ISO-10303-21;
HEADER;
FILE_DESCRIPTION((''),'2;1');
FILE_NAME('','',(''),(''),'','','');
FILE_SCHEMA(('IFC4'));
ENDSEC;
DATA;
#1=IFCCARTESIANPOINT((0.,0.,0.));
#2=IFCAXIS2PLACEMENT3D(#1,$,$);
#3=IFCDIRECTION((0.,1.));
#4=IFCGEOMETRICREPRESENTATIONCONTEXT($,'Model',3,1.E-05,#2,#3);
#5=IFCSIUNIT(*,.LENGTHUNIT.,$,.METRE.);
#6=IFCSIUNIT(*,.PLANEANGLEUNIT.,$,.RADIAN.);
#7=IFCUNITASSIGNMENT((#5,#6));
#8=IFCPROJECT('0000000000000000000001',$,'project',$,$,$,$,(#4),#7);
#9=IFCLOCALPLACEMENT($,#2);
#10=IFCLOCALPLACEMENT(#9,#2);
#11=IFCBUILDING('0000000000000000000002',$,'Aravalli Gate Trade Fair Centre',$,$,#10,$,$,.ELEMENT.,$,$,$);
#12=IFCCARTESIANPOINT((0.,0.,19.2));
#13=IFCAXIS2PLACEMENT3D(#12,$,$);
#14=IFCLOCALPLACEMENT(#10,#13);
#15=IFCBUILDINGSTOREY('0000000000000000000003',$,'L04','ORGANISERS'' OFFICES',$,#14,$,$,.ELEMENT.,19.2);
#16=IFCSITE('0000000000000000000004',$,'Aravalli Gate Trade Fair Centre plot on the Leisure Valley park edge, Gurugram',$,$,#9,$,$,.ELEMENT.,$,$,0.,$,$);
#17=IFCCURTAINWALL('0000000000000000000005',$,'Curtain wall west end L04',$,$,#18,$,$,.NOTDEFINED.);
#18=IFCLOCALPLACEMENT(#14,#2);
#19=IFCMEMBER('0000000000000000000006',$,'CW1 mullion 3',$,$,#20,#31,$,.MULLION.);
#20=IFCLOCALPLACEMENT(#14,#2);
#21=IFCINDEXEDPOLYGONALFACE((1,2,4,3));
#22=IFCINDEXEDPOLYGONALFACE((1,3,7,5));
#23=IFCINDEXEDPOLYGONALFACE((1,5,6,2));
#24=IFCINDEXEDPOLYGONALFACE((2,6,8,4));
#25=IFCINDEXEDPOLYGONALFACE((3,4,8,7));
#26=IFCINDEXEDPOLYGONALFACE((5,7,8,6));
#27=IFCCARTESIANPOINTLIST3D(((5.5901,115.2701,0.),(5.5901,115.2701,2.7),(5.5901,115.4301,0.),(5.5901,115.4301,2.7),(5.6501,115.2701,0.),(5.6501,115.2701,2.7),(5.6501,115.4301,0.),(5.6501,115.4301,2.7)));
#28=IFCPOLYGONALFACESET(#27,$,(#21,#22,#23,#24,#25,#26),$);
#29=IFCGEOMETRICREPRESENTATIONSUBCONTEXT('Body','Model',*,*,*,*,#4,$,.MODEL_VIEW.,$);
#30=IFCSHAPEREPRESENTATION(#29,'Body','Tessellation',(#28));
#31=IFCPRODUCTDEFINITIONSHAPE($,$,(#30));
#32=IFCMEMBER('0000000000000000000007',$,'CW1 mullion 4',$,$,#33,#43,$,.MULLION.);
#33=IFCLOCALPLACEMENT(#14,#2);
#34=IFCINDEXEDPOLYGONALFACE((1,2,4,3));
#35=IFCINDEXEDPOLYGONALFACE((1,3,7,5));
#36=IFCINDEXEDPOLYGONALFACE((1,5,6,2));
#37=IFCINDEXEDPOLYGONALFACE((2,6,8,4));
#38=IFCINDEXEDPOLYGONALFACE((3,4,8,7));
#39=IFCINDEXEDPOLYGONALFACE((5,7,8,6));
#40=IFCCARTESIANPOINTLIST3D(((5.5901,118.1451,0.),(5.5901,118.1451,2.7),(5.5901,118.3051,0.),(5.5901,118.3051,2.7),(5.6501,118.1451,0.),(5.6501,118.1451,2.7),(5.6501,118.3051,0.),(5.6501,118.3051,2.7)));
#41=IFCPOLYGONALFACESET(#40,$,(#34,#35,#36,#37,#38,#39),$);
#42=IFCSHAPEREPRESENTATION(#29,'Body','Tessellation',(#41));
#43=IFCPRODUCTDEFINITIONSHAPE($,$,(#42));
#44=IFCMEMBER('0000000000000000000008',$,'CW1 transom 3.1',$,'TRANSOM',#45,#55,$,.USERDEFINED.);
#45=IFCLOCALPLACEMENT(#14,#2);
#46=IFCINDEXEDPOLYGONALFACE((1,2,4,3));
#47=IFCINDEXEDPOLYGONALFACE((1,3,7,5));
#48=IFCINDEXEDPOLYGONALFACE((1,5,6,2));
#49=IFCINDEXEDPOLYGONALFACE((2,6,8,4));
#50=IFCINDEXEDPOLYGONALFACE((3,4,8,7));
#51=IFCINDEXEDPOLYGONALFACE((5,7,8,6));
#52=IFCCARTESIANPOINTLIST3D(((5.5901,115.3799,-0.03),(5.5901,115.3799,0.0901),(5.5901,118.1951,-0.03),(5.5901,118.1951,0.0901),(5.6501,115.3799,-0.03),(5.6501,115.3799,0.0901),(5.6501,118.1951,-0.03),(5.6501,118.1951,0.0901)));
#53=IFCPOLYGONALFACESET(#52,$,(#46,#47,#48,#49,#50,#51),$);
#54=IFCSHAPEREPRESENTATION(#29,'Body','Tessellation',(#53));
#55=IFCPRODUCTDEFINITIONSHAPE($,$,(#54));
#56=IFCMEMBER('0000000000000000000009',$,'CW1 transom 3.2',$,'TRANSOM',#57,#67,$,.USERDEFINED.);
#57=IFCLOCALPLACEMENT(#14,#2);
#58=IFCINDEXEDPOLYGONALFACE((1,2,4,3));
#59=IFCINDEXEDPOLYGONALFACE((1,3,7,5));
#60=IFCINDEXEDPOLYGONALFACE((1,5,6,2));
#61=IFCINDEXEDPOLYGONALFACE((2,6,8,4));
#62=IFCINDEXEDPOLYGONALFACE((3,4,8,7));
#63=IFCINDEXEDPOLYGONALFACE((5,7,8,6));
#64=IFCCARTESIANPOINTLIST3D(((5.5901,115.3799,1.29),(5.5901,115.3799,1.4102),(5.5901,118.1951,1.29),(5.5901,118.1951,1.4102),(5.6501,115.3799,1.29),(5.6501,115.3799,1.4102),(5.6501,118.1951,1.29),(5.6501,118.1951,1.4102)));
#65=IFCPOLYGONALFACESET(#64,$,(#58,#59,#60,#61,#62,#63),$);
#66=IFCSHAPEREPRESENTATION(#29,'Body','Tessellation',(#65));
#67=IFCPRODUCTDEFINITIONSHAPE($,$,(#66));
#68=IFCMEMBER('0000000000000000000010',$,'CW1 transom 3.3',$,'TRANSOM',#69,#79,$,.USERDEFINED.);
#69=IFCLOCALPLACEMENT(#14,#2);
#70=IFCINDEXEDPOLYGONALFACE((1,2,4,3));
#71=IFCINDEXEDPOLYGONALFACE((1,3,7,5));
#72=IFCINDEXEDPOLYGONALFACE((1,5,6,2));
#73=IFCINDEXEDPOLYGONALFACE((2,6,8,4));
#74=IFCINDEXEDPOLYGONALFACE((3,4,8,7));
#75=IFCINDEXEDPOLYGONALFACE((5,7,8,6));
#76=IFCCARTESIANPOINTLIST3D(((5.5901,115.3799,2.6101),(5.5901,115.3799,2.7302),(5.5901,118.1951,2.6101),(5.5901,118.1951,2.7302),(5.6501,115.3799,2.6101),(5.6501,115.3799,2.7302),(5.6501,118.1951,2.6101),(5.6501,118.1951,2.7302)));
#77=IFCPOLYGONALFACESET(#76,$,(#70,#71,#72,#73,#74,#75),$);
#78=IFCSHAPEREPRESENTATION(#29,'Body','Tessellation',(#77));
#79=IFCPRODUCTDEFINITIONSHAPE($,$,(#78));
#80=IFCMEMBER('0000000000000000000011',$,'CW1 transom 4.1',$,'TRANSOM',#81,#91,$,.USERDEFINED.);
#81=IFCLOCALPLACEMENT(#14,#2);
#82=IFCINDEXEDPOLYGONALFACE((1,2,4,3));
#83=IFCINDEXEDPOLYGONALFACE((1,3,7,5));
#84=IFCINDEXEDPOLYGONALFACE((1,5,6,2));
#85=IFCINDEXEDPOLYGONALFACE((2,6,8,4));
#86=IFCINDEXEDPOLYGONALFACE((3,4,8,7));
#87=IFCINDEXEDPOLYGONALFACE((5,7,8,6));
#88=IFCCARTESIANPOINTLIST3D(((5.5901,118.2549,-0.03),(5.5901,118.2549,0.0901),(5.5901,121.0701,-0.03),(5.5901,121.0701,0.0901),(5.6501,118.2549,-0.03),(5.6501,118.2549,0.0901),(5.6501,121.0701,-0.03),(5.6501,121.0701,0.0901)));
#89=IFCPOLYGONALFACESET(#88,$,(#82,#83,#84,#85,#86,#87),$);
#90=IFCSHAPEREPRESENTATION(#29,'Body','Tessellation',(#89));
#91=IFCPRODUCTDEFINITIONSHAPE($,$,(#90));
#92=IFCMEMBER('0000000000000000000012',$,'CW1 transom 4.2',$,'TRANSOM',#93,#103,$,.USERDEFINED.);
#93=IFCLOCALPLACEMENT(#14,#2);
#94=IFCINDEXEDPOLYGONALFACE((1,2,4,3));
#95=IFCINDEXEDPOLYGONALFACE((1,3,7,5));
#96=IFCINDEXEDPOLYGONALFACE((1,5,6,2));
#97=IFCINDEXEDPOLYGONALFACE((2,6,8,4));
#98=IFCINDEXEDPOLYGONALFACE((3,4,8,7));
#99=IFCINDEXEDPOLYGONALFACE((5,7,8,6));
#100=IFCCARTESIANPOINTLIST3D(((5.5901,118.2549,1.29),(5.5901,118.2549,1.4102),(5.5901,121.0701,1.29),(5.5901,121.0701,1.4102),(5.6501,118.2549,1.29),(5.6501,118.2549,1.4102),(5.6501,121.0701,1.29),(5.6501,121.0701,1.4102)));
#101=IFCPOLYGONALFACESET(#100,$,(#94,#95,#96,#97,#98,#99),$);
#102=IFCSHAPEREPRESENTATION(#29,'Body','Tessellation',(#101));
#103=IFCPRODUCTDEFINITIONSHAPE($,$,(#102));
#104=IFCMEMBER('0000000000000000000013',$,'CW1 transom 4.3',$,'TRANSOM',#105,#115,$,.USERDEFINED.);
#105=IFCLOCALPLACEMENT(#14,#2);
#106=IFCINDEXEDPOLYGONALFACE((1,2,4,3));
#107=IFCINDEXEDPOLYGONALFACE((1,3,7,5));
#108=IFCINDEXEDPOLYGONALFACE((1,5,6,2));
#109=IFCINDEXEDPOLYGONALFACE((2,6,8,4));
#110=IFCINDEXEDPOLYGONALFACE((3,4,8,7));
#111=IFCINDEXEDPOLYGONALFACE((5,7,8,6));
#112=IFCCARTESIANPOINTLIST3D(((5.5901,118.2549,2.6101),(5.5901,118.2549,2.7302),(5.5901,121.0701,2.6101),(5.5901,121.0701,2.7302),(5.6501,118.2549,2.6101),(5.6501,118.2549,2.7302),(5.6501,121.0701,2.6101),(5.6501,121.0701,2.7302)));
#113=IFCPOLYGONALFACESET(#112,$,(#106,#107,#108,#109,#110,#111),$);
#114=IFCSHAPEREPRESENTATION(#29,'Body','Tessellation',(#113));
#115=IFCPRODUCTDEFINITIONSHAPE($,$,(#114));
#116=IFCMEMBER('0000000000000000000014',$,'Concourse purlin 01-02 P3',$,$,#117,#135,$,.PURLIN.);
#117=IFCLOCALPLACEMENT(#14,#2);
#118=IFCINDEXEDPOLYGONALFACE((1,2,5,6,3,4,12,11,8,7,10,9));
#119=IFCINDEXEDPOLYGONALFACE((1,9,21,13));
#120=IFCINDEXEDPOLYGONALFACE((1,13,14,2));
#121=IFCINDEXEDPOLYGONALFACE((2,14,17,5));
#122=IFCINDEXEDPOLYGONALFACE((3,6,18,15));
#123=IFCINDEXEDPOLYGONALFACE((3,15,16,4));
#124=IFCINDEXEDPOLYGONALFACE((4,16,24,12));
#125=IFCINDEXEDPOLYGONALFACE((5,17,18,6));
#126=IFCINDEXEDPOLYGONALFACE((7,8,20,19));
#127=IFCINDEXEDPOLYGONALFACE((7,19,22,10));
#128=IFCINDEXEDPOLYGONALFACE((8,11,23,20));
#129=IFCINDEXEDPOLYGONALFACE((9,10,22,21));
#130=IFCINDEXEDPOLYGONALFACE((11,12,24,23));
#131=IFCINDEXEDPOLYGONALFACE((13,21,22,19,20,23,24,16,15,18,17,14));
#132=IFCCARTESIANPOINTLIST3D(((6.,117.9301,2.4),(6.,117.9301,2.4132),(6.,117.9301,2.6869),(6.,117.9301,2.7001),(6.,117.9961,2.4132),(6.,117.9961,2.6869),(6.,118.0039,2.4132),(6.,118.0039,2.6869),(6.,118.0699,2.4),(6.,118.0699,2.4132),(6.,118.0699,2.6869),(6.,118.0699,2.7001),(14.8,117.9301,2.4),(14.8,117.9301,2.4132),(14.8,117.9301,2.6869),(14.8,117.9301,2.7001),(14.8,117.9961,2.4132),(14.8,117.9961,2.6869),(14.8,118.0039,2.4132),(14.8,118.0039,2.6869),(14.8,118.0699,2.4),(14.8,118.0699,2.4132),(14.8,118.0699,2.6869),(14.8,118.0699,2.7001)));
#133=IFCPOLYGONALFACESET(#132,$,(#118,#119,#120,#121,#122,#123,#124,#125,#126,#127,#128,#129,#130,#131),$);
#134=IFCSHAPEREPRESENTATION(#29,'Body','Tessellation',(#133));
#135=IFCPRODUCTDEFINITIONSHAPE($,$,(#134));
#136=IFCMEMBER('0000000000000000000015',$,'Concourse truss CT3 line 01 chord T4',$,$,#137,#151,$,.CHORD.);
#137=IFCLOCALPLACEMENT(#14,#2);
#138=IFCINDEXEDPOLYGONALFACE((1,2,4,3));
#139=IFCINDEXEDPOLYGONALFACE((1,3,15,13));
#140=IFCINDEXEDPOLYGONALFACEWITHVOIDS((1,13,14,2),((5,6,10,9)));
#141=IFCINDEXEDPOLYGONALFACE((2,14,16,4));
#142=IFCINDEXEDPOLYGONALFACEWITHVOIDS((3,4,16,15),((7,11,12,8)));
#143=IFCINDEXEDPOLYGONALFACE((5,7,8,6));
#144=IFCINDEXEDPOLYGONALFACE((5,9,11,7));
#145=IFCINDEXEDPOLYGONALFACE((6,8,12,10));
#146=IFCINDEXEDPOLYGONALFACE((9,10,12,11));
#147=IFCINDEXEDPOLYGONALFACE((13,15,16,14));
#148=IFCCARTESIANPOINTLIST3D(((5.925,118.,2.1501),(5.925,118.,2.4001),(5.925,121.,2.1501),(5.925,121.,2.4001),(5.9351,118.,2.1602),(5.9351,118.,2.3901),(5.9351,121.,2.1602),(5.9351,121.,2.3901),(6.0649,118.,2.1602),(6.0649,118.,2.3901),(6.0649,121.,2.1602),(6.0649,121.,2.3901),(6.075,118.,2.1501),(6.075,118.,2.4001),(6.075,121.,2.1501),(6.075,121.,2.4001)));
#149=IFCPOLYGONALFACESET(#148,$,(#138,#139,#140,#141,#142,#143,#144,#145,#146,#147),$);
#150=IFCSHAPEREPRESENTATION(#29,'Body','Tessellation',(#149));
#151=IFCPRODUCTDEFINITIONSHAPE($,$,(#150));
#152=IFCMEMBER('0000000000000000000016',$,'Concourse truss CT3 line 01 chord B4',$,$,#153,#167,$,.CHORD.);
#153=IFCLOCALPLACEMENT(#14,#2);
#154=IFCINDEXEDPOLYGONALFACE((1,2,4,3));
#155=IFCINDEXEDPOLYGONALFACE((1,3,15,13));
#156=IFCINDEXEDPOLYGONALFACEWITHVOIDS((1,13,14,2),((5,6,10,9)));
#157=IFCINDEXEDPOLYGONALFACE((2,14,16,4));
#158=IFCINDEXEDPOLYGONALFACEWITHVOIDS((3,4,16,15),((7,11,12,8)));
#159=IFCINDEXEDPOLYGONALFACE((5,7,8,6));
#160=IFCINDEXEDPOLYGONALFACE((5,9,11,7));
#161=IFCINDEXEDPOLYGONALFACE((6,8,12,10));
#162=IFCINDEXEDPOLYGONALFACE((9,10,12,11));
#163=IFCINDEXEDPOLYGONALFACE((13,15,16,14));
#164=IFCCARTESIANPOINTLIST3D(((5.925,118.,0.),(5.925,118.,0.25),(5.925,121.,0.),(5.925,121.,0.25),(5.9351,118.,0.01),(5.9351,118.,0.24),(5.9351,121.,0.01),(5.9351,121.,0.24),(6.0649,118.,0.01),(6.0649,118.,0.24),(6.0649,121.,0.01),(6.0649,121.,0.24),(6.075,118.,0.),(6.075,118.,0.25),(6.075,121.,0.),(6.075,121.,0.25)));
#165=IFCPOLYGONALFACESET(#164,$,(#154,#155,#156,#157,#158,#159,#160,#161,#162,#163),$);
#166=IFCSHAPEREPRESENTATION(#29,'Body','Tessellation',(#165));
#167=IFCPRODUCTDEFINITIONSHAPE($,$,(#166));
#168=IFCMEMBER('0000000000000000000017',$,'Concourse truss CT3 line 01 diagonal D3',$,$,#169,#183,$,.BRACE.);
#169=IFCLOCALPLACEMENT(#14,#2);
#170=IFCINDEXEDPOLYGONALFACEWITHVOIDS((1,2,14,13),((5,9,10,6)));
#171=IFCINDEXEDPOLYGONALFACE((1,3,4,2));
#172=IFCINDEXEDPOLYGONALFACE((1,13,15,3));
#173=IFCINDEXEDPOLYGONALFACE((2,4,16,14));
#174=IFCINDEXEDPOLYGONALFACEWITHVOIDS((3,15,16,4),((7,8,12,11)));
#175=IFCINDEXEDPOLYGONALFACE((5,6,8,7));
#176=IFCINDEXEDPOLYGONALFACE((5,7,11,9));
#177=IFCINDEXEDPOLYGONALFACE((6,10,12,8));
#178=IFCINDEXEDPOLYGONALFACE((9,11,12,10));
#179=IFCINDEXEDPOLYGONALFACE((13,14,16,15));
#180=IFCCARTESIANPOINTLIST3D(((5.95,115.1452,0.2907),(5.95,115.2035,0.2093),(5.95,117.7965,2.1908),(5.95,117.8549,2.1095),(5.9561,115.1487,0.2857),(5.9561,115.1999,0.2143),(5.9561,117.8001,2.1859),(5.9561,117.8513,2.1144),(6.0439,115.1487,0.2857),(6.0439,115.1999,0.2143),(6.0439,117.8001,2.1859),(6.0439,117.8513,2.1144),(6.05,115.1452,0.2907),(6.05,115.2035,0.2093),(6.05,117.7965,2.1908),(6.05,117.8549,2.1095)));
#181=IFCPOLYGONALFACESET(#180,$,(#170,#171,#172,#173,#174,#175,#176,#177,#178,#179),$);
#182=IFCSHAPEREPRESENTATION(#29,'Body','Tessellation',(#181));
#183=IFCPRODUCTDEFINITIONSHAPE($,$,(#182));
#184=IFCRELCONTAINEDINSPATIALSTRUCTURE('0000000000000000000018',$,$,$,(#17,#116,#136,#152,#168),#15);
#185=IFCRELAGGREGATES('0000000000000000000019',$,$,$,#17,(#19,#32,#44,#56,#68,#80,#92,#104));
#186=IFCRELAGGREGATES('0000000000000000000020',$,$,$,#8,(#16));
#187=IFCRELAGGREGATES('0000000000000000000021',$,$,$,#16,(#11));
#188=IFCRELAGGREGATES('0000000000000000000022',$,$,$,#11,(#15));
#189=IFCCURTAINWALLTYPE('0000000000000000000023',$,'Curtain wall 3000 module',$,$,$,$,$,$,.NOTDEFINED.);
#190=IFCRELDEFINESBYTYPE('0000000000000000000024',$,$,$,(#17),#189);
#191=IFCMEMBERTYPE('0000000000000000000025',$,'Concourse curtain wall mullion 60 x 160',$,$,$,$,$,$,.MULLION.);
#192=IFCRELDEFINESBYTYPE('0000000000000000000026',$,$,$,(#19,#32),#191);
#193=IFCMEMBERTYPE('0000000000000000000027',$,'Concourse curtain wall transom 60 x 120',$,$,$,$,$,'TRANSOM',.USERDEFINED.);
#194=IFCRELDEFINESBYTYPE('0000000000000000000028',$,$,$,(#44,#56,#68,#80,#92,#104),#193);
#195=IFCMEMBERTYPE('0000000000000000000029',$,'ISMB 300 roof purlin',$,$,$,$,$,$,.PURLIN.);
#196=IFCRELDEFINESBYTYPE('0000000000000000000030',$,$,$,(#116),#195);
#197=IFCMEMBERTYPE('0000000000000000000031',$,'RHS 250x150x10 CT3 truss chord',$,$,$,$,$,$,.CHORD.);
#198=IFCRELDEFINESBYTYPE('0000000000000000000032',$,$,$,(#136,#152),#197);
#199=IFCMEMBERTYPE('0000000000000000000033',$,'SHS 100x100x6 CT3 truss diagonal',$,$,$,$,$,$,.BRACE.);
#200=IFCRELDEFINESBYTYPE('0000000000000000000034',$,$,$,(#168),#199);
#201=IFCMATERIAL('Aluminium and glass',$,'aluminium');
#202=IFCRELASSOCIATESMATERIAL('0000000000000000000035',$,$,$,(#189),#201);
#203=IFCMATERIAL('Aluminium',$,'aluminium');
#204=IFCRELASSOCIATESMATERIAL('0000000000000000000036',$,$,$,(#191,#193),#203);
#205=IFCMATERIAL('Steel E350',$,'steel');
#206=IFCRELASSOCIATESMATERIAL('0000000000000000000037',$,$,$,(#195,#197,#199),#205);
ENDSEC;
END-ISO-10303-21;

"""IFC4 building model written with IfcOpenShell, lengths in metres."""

from ifc_helpers import new_model, si_unit, direction, frame, origin, origin_2d, place, context, subcontext, project, spatial, rectangle, hollow_rectangle, i_section, extrude, material, material_profile, profile_set, type_object, element, aggregate, save


model = new_model("IFC4")

# Units and contexts
model_context = context("Model", 3, precision=1e-05, world=origin(), true_north=direction((0.0, 1.0)))
body_context = subcontext(model_context, "Body", "Model", "MODEL_VIEW")
ifc_project = project(units=[si_unit("LENGTHUNIT", "METRE"), si_unit("PLANEANGLEUNIT", "RADIAN")], contexts=[model_context])

# Site, building, storey
site_placement = place(None, origin())
site = spatial("IfcSite", under=ifc_project, at=site_placement, Name="Aravalli Gate Trade Fair Centre plot on the Leisure Valley park edge, Gurugram", CompositionType="ELEMENT", RefElevation=0.0)
building_placement = place(site_placement, origin())
building = spatial("IfcBuilding", under=site, at=building_placement, Name="Aravalli Gate Trade Fair Centre", CompositionType="ELEMENT")
storey_placement = place(building_placement, frame((0.0, 0.0, 19.2)))
storey = spatial("IfcBuildingStorey", under=building, at=storey_placement, Name="L04", Description="ORGANISERS' OFFICES", CompositionType="ELEMENT", Elevation=19.2)

# Curtain wall, members
ifc_material_1 = material(Name="Aluminium and glass", Category="aluminium")
curtain_wall_type = type_object("IfcCurtainWallType", Name="Curtain wall 3000 module", PredefinedType="NOTDEFINED", material=ifc_material_1)
curtain_wall_placement = place(storey_placement, origin())
curtain_wall = element("IfcCurtainWall", 1, at=curtain_wall_placement, inside=storey, type_object=curtain_wall_type, Name="Curtain wall west end L04", PredefinedType="NOTDEFINED")
ifc_material_2 = material(Name="Aluminium", Category="aluminium")
ifc_material_profile_1 = material_profile(ifc_material_2, rectangle(XDim=0.0601, YDim=0.1599, at=origin_2d()), Name="Concourse curtain wall mullion 60 x 160")
ifc_profile_set_1 = profile_set([ifc_material_profile_1], Name="Aluminium")
member_type_1 = type_object("IfcMemberType", Name="Concourse curtain wall mullion 60 x 160", PredefinedType="MULLION", material=ifc_profile_set_1)
member_1_placement = place(storey_placement, frame((5.6201, 115.3501, 0.0), z_axis=(0.0, 0.0, 1.0), x_axis=(-1.0, 0.0, 0.0)))
member_1 = element("IfcMember", 2, at=member_1_placement, type_object=member_type_1, Name="CW1 mullion 3", PredefinedType="MULLION", context=body_context, shape_type="SweptSolid", body=[
    extrude(rectangle(XDim=0.0601, YDim=0.1599, at=origin_2d()), origin(), (0.0, 0.0, 1.0), 2.7),
])
member_2_placement = place(storey_placement, frame((5.6201, 118.2251, 0.0), z_axis=(0.0, 0.0, 1.0), x_axis=(-1.0, 0.0, 0.0)))
member_2 = element("IfcMember", 3, at=member_2_placement, type_object=member_type_1, Name="CW1 mullion 4", PredefinedType="MULLION", context=body_context, shape_type="SweptSolid", body=[
    extrude(rectangle(XDim=0.0601, YDim=0.1599, at=origin_2d()), origin(), (0.0, 0.0, 1.0), 2.7),
])
ifc_material_profile_2 = material_profile(ifc_material_2, rectangle(XDim=0.0601, YDim=0.1201, at=origin_2d()), Name="Concourse curtain wall transom 60 x 120")
ifc_profile_set_2 = profile_set([ifc_material_profile_2], Name="Aluminium")
member_type_2 = type_object("IfcMemberType", Name="Concourse curtain wall transom 60 x 120", ElementType="TRANSOM", PredefinedType="USERDEFINED", material=ifc_profile_set_2)
member_3_placement = place(storey_placement, frame((5.6201, 115.3799, 0.03), z_axis=(0.0, 1.0, 0.0), x_axis=(-1.0, 0.0, 0.0)))
member_3 = element("IfcMember", 4, at=member_3_placement, type_object=member_type_2, Name="CW1 transom 3.1", ObjectType="TRANSOM", PredefinedType="USERDEFINED", context=body_context, shape_type="SweptSolid", body=[
    extrude(rectangle(XDim=0.0601, YDim=0.1201, at=origin_2d()), origin(), (0.0, 0.0, 1.0), 2.8152),
])
member_4_placement = place(storey_placement, frame((5.6201, 115.3799, 1.3501), z_axis=(0.0, 1.0, 0.0), x_axis=(-1.0, 0.0, 0.0)))
member_4 = element("IfcMember", 5, at=member_4_placement, type_object=member_type_2, Name="CW1 transom 3.2", ObjectType="TRANSOM", PredefinedType="USERDEFINED", context=body_context, shape_type="SweptSolid", body=[
    extrude(rectangle(XDim=0.0601, YDim=0.1201, at=origin_2d()), origin(), (0.0, 0.0, 1.0), 2.8152),
])
member_5_placement = place(storey_placement, frame((5.6201, 115.3799, 2.6702), z_axis=(0.0, 1.0, 0.0), x_axis=(-1.0, 0.0, 0.0)))
member_5 = element("IfcMember", 6, at=member_5_placement, type_object=member_type_2, Name="CW1 transom 3.3", ObjectType="TRANSOM", PredefinedType="USERDEFINED", context=body_context, shape_type="SweptSolid", body=[
    extrude(rectangle(XDim=0.0601, YDim=0.1201, at=origin_2d()), origin(), (0.0, 0.0, 1.0), 2.8152),
])
member_6_placement = place(storey_placement, frame((5.6201, 118.2549, 0.03), z_axis=(0.0, 1.0, 0.0), x_axis=(-1.0, 0.0, 0.0)))
member_6 = element("IfcMember", 7, at=member_6_placement, type_object=member_type_2, Name="CW1 transom 4.1", ObjectType="TRANSOM", PredefinedType="USERDEFINED", context=body_context, shape_type="SweptSolid", body=[
    extrude(rectangle(XDim=0.0601, YDim=0.1201, at=origin_2d()), origin(), (0.0, 0.0, 1.0), 2.8152),
])
member_7_placement = place(storey_placement, frame((5.6201, 118.2549, 1.3501), z_axis=(0.0, 1.0, 0.0), x_axis=(-1.0, 0.0, 0.0)))
member_7 = element("IfcMember", 8, at=member_7_placement, type_object=member_type_2, Name="CW1 transom 4.2", ObjectType="TRANSOM", PredefinedType="USERDEFINED", context=body_context, shape_type="SweptSolid", body=[
    extrude(rectangle(XDim=0.0601, YDim=0.1201, at=origin_2d()), origin(), (0.0, 0.0, 1.0), 2.8152),
])
member_8_placement = place(storey_placement, frame((5.6201, 118.2549, 2.6702), z_axis=(0.0, 1.0, 0.0), x_axis=(-1.0, 0.0, 0.0)))
member_8 = element("IfcMember", 9, at=member_8_placement, type_object=member_type_2, Name="CW1 transom 4.3", ObjectType="TRANSOM", PredefinedType="USERDEFINED", context=body_context, shape_type="SweptSolid", body=[
    extrude(rectangle(XDim=0.0601, YDim=0.1201, at=origin_2d()), origin(), (0.0, 0.0, 1.0), 2.8152),
])

# Members
ifc_material_3 = material(Name="Steel E350", Category="steel")
ifc_material_profile_3 = material_profile(ifc_material_3, i_section(OverallWidth=0.1399, OverallDepth=0.3, WebThickness=0.0078, FlangeThickness=0.0132, at=origin_2d()), Name="ISMB 300")
ifc_profile_set_3 = profile_set([ifc_material_profile_3], Name="Steel E350")
member_type_3 = type_object("IfcMemberType", Name="ISMB 300 roof purlin", PredefinedType="PURLIN", material=ifc_profile_set_3)
member_9_placement = place(storey_placement, frame((6.0, 118.0, 2.55), z_axis=(1.0, 0.0, 0.0), x_axis=(0.0, 1.0, 0.0)))
element("IfcMember", 10, at=member_9_placement, inside=storey, type_object=member_type_3, Name="Concourse purlin 01-02 P3", PredefinedType="PURLIN", context=body_context, shape_type="SweptSolid", body=[
    extrude(i_section(OverallWidth=0.1399, OverallDepth=0.3, WebThickness=0.0078, FlangeThickness=0.0132, at=origin_2d()), origin(), (0.0, 0.0, 1.0), 8.8),
])
ifc_material_profile_4 = material_profile(ifc_material_3, hollow_rectangle(XDim=0.1499, YDim=0.25, WallThickness=0.01, at=origin_2d()), Name="RHS 250x150x10")
ifc_profile_set_4 = profile_set([ifc_material_profile_4], Name="Steel E350")
member_type_4 = type_object("IfcMemberType", Name="RHS 250x150x10 CT3 truss chord", PredefinedType="CHORD", material=ifc_profile_set_4)
for number, where, z_axis, x_axis, name in (
    (11, (6.0, 118.0, 2.2751), (0.0, 1.0, 0.0), (-1.0, 0.0, 0.0), "Concourse truss CT3 line 01 chord T4"),
    (12, (6.0, 118.0, 0.125), (0.0, 1.0, 0.0), (-1.0, 0.0, 0.0), "Concourse truss CT3 line 01 chord B4"),
):
    element("IfcMember", number, at=place(storey_placement, frame(where, z_axis=z_axis, x_axis=x_axis)), inside=storey, type_object=member_type_4, Name=name, PredefinedType="CHORD", context=body_context, shape_type="SweptSolid", body=[
        extrude(hollow_rectangle(XDim=0.1499, YDim=0.25, WallThickness=0.01, at=origin_2d()), origin(), (0.0, 0.0, 1.0), 3.0),
    ])
ifc_material_profile_5 = material_profile(ifc_material_3, hollow_rectangle(XDim=0.1001, YDim=0.1001, WallThickness=0.0061, at=origin_2d()), Name="SHS 100x100x6")
ifc_profile_set_5 = profile_set([ifc_material_profile_5], Name="Steel E350")
member_type_5 = type_object("IfcMemberType", Name="SHS 100x100x6 CT3 truss diagonal", PredefinedType="BRACE", material=ifc_profile_set_5)
for number, where, z_axis, x_axis, name in (
    (13, (6.0, 115.1743, 0.25), (0.0, 0.812817, 0.582519), (-1.0, 0.0, 0.0), "Concourse truss CT3 line 01 diagonal D3"),
):
    element("IfcMember", number, at=place(storey_placement, frame(where, z_axis=z_axis, x_axis=x_axis)), inside=storey, type_object=member_type_5, Name=name, PredefinedType="BRACE", context=body_context, shape_type="SweptSolid", body=[
        extrude(hollow_rectangle(XDim=0.1001, YDim=0.1001, WallThickness=0.0061, at=origin_2d()), origin(), (0.0, 0.0, 1.0), 3.262),
    ])

aggregate(curtain_wall, [member_1, member_2, member_3, member_4, member_5, member_6, member_7, member_8])

save(model, "model.ifc")
